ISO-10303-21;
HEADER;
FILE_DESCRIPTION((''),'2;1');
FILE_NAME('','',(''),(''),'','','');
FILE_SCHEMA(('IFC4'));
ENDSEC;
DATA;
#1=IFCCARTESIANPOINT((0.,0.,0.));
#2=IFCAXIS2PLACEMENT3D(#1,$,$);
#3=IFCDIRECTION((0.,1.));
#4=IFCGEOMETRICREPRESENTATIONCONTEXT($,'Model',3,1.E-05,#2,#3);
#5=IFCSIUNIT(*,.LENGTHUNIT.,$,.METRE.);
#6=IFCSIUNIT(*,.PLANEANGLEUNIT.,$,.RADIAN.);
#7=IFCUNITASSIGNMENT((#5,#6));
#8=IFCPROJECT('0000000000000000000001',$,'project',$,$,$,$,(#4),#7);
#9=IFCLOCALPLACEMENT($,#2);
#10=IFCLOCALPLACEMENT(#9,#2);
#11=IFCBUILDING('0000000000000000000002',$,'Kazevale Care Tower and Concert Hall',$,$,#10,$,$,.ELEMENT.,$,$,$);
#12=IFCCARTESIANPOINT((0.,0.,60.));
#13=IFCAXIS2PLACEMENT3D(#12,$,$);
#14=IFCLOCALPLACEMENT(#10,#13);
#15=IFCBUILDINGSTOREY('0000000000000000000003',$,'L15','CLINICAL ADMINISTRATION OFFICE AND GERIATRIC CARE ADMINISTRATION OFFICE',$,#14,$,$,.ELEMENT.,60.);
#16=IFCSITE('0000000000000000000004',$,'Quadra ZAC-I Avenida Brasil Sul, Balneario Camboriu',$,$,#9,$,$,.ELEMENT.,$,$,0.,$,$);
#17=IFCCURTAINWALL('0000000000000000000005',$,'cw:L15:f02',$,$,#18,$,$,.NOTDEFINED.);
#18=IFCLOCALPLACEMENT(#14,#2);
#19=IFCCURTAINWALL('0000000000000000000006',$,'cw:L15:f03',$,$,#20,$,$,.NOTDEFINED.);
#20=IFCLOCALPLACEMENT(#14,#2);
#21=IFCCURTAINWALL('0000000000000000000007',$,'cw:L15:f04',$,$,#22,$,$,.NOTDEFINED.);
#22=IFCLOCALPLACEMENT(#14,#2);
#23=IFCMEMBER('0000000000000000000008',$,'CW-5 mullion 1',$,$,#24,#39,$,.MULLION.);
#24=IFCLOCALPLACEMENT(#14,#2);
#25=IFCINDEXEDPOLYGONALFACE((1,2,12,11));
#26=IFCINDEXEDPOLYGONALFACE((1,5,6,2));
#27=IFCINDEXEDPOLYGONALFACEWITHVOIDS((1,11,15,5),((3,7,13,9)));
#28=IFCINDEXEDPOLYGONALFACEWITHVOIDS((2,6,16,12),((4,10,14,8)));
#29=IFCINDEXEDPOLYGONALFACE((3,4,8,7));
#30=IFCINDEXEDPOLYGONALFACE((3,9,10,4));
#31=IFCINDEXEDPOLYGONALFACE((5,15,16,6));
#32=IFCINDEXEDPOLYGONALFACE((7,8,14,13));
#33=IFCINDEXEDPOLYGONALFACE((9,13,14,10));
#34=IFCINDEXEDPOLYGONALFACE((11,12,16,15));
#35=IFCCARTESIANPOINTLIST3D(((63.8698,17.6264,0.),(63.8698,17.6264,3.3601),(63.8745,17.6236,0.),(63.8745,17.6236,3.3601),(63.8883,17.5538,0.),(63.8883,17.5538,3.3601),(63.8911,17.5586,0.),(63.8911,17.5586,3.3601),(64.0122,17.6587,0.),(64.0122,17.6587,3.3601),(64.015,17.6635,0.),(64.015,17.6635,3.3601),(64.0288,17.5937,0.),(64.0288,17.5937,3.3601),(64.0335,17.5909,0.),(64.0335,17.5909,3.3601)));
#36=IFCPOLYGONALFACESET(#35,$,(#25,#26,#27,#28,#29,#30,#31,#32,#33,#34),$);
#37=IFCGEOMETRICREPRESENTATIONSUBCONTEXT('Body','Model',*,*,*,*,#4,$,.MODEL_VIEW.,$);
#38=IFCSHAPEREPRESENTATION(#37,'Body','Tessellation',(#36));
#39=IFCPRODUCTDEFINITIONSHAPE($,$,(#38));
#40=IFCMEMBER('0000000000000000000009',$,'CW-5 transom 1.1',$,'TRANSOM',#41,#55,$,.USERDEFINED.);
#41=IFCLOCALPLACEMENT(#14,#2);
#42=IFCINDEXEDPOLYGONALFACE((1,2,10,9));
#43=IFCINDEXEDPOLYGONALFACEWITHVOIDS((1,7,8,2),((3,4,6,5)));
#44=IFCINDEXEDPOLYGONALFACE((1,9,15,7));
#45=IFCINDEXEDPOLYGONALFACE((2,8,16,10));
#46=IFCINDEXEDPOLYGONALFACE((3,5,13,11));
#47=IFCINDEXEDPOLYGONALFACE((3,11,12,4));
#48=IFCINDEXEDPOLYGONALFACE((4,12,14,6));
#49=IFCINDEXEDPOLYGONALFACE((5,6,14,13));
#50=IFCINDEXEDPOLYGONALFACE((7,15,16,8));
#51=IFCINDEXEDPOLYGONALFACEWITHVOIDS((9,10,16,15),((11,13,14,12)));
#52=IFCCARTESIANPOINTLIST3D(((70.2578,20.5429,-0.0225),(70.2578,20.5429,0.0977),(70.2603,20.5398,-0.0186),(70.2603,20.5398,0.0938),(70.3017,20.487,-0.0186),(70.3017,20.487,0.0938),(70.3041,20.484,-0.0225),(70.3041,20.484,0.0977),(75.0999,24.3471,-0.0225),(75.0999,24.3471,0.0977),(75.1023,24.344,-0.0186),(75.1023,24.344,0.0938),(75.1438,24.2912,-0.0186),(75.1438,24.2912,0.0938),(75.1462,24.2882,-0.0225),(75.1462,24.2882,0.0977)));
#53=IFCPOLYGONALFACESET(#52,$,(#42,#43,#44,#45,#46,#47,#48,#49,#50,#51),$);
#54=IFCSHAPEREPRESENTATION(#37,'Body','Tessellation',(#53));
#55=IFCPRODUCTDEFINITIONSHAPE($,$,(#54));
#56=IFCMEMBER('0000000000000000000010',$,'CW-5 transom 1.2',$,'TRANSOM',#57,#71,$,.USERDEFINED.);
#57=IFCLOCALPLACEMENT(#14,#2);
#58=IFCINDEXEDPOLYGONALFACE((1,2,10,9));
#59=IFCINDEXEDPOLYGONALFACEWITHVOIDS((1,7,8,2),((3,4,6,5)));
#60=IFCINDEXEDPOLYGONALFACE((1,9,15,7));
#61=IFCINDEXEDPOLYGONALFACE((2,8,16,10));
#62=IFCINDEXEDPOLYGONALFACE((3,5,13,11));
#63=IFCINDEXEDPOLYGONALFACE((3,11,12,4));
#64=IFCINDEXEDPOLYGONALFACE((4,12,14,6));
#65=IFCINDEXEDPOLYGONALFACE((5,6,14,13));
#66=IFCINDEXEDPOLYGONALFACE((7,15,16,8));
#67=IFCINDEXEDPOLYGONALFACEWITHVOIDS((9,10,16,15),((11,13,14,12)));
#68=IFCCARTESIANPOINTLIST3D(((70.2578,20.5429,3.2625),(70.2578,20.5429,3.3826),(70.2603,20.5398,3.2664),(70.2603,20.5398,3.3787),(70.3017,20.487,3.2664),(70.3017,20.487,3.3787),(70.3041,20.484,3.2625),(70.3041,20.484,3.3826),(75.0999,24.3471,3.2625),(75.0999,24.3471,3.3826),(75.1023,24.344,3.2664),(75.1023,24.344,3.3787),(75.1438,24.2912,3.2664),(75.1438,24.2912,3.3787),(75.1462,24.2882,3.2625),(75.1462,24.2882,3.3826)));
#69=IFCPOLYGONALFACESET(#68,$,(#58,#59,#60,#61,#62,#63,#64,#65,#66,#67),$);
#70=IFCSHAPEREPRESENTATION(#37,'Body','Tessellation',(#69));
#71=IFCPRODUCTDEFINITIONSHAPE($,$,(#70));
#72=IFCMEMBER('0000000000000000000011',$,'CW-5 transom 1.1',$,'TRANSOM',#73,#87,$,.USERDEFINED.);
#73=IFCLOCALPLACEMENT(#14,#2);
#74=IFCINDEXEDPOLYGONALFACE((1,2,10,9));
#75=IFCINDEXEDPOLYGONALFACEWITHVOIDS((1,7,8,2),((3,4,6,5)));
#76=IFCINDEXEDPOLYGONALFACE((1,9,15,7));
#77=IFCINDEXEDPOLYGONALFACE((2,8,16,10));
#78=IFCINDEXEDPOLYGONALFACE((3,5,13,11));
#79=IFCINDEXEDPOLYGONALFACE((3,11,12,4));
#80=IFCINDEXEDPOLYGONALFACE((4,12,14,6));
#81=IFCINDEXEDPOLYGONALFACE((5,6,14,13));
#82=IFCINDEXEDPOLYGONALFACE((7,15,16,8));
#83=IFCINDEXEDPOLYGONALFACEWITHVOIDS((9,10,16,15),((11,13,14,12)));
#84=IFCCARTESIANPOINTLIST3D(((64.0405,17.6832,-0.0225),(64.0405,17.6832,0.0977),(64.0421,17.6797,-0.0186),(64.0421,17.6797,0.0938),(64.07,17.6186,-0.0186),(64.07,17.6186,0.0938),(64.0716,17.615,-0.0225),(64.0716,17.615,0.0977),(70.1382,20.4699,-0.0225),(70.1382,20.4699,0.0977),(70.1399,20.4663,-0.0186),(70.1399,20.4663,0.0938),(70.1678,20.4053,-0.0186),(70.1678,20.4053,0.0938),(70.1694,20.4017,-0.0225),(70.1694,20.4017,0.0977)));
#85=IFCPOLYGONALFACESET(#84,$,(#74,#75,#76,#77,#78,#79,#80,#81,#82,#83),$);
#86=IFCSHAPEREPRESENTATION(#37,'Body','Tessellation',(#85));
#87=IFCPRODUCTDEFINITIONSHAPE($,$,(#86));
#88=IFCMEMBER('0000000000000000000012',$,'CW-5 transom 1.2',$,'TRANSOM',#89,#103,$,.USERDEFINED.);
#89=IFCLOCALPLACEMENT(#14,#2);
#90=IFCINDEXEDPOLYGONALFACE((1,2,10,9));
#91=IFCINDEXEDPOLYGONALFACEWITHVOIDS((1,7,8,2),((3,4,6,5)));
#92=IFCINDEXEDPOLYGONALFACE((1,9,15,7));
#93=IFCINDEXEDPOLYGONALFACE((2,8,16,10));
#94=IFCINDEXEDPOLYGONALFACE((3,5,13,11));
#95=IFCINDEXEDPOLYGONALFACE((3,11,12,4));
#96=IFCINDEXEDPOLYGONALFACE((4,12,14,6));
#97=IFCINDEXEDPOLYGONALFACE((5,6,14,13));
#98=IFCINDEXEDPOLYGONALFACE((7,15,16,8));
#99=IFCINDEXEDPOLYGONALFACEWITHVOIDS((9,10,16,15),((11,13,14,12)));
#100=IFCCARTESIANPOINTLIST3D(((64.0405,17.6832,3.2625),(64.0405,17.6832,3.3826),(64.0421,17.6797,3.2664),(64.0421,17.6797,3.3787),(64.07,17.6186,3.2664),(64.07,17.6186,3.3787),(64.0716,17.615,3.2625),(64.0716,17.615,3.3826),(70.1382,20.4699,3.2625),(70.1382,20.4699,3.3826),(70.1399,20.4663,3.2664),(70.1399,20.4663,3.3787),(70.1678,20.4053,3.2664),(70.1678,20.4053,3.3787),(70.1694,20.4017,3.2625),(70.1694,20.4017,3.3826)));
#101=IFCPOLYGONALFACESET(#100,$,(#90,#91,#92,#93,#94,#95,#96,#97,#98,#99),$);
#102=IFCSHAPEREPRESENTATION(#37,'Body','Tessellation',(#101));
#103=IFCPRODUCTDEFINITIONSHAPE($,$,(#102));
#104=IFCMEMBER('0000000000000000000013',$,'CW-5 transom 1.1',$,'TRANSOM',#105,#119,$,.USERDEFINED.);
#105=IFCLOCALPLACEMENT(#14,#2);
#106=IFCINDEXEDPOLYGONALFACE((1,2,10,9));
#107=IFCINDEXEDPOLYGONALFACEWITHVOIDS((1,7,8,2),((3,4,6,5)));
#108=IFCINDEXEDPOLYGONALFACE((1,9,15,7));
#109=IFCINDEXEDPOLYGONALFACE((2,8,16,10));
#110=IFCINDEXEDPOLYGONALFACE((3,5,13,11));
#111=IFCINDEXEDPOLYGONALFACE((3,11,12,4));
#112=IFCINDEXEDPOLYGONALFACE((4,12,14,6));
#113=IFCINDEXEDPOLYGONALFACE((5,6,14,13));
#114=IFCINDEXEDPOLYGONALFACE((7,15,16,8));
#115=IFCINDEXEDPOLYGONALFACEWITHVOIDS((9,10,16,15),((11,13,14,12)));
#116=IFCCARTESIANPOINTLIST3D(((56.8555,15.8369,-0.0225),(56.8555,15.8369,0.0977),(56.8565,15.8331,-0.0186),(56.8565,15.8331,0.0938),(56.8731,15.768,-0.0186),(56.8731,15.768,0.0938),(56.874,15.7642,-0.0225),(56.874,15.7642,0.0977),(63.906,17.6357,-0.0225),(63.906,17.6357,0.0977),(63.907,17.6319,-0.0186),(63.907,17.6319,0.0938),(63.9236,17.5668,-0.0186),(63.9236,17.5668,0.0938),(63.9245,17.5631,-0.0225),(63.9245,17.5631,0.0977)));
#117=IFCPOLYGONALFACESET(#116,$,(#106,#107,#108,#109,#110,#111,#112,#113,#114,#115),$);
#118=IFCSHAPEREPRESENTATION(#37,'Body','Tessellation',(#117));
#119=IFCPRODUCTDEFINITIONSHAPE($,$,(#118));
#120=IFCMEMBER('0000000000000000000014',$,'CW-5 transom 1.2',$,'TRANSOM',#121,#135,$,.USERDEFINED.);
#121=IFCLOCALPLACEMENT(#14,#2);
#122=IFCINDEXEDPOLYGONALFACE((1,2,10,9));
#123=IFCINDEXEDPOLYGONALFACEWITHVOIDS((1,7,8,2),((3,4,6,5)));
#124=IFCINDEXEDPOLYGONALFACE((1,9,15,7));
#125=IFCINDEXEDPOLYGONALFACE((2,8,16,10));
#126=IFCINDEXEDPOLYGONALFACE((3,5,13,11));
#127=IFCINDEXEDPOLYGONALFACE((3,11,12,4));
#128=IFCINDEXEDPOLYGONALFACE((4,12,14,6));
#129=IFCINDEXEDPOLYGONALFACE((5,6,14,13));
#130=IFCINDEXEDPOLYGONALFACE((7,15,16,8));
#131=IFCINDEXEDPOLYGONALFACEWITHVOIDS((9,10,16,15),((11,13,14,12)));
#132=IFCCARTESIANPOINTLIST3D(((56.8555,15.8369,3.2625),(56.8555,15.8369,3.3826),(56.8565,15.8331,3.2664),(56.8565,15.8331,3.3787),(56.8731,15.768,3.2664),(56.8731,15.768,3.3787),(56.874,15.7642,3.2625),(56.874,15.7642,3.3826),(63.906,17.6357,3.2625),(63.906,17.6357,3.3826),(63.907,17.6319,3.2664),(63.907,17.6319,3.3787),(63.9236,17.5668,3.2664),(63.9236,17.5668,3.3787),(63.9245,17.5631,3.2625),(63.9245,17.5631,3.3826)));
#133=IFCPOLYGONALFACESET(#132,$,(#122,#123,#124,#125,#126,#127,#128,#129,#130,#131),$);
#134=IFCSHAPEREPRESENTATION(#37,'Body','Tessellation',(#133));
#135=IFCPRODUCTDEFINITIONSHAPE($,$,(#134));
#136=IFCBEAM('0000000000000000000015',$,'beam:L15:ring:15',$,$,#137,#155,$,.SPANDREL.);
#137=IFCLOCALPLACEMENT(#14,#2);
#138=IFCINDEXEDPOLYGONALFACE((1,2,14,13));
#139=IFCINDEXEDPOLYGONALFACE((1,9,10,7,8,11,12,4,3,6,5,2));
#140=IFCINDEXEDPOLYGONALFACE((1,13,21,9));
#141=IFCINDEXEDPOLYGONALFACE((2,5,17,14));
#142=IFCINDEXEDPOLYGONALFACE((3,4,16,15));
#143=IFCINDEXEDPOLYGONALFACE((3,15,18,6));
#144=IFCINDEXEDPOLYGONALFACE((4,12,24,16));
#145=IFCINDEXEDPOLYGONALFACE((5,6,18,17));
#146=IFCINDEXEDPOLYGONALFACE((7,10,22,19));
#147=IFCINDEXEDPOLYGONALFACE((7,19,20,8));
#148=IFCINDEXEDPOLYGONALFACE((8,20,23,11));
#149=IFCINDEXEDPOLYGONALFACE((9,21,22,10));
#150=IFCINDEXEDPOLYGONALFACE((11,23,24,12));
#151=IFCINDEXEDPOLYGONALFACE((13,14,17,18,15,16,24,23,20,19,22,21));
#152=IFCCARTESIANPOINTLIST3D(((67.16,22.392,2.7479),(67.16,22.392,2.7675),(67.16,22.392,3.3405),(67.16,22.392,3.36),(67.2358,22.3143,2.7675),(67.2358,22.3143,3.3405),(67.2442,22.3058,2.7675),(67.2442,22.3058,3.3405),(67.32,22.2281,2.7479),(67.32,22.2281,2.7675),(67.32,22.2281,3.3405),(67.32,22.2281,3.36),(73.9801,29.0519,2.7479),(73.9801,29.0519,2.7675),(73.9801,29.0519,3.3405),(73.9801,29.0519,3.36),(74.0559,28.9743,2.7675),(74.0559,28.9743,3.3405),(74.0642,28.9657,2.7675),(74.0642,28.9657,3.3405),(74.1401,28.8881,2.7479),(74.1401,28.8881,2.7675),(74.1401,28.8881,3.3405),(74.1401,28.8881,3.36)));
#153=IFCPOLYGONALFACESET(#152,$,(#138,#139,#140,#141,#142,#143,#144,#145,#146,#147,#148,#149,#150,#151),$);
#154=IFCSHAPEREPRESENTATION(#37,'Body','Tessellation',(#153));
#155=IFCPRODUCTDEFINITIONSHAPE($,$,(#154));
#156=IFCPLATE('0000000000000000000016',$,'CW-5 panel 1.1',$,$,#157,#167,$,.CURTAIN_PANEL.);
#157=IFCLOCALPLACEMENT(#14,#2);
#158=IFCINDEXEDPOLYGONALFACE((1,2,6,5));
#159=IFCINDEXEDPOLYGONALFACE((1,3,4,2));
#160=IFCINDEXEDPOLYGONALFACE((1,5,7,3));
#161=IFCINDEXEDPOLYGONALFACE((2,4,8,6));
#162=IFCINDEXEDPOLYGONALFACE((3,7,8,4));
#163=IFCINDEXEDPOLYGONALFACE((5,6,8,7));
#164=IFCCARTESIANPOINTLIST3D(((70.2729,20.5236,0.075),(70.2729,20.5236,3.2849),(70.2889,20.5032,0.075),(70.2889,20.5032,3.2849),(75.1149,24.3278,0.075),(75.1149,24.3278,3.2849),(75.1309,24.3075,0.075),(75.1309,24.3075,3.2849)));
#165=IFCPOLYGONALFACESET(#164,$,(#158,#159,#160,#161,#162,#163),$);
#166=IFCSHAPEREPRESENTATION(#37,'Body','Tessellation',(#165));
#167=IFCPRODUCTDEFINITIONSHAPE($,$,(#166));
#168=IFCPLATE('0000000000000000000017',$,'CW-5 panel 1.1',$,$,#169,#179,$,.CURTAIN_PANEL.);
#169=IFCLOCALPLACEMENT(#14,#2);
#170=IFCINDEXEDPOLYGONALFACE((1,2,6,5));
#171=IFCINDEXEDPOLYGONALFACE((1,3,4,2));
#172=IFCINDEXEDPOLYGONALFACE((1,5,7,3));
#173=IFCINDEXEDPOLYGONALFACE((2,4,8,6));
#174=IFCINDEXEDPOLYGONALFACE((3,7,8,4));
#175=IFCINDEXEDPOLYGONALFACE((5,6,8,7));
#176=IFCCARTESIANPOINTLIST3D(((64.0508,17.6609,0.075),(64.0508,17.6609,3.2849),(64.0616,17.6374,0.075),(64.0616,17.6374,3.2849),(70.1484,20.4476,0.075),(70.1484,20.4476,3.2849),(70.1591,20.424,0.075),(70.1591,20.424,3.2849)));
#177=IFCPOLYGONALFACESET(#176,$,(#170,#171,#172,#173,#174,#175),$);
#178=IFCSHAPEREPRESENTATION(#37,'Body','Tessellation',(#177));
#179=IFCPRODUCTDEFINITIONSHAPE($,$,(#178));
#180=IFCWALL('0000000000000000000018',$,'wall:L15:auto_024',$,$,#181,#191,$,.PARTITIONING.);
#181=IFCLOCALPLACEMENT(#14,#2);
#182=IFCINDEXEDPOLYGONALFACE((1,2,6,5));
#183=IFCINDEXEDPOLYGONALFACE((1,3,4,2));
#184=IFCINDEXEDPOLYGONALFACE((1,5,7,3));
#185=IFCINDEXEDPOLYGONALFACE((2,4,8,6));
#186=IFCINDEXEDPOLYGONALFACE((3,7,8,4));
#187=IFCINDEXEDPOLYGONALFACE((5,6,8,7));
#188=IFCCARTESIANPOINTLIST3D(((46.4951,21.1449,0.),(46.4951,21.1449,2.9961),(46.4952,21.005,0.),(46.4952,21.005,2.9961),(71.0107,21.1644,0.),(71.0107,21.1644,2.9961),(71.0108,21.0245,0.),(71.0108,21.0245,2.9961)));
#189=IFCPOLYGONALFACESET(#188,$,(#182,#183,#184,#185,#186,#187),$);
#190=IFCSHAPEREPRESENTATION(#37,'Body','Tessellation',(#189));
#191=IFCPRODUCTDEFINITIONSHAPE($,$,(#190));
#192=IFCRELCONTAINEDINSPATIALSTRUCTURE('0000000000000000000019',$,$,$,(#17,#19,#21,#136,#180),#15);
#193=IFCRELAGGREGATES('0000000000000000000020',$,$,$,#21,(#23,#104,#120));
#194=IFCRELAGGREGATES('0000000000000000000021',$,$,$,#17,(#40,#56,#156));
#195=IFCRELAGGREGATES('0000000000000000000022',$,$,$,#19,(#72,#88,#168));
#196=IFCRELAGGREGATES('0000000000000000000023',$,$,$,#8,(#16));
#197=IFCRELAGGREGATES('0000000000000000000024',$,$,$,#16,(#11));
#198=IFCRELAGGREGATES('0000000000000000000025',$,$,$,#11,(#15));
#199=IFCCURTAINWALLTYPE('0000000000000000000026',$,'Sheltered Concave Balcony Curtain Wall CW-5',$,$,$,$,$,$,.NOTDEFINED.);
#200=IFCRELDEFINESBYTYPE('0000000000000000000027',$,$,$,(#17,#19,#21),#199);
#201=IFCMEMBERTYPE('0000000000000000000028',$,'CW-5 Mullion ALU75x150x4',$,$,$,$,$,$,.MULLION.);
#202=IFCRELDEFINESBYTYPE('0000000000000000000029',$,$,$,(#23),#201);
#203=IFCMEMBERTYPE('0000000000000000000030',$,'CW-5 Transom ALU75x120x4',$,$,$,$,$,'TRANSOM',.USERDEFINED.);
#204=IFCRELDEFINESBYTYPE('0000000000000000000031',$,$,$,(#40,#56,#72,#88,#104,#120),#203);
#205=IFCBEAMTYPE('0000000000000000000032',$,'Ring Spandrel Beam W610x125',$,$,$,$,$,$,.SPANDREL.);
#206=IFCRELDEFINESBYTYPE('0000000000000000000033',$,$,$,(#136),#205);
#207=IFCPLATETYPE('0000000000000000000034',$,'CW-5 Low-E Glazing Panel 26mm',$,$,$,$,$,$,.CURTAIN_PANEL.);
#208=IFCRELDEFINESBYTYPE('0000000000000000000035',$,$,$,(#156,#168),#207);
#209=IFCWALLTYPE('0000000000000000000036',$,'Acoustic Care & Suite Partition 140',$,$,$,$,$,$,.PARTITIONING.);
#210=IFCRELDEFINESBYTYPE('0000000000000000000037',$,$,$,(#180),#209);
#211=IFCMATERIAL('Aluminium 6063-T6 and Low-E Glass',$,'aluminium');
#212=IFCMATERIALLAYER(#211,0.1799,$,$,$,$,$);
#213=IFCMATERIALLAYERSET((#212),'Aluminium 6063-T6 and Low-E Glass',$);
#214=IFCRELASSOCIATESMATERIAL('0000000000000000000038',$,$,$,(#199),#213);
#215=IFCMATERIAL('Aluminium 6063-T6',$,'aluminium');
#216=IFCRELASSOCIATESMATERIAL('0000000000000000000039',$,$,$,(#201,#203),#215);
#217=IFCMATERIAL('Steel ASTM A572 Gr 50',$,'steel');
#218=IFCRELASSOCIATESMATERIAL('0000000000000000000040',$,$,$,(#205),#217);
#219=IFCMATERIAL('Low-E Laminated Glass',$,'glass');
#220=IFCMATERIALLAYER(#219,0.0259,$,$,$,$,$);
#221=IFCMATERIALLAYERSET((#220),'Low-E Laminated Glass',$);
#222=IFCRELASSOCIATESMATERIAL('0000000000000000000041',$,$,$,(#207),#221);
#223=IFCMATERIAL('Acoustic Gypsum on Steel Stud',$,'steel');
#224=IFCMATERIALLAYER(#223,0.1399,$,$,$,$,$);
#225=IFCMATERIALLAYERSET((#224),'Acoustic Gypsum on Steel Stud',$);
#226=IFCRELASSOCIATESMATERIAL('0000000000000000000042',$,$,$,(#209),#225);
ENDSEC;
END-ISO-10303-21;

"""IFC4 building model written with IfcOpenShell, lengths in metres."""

from ifc_helpers import new_model, si_unit, direction, frame, frame_2d, origin, origin_2d, place, context, subcontext, project, spatial, rectangle, hollow_rectangle, i_section, extrude, material, layer, layer_set, material_profile, profile_set, type_object, element, aggregate, save


model = new_model("IFC4")

# Units and contexts
model_context = context("Model", 3, precision=1e-05, world=origin(), true_north=direction((0.0, 1.0)))
body_context = subcontext(model_context, "Body", "Model", "MODEL_VIEW")
ifc_project = project(units=[si_unit("LENGTHUNIT", "METRE"), si_unit("PLANEANGLEUNIT", "RADIAN")], contexts=[model_context])

# Site, building, storey
site_placement = place(None, origin())
site = spatial("IfcSite", under=ifc_project, at=site_placement, Name="Quadra ZAC-I Avenida Brasil Sul, Balneario Camboriu", CompositionType="ELEMENT", RefElevation=0.0)
building_placement = place(site_placement, origin())
building = spatial("IfcBuilding", under=site, at=building_placement, Name="Kazevale Care Tower and Concert Hall", CompositionType="ELEMENT")
storey_placement = place(building_placement, frame((0.0, 0.0, 60.0)))
storey = spatial("IfcBuildingStorey", under=building, at=storey_placement, Name="L15", Description="CLINICAL ADMINISTRATION OFFICE AND GERIATRIC CARE ADMINISTRATION OFFICE", CompositionType="ELEMENT", Elevation=60.0)

# Shared definitions
ifc_material_1 = material(Name="Aluminium 6063-T6 and Low-E Glass", Category="aluminium")
ifc_material_2 = material(Name="Aluminium 6063-T6", Category="aluminium")

# Curtain walls
ifc_layer_1 = layer(ifc_material_1, 0.1799)
ifc_layer_set_1 = layer_set([ifc_layer_1], Name="Aluminium 6063-T6 and Low-E Glass")
curtain_wall_type_1 = type_object("IfcCurtainWallType", Name="Sheltered Concave Balcony Curtain Wall CW-5", PredefinedType="NOTDEFINED", material=ifc_layer_set_1)
curtain_wall_1_placement = place(storey_placement, origin())
curtain_wall_1 = element("IfcCurtainWall", 1, at=curtain_wall_1_placement, inside=storey, type_object=curtain_wall_type_1, Name="cw:L15:f02", PredefinedType="NOTDEFINED")
ifc_material_profile_1 = material_profile(ifc_material_2, hollow_rectangle(XDim=0.075, YDim=0.1499, WallThickness=0.0039, at=origin_2d()), Name="ALU75x150x4")
ifc_profile_set_1 = profile_set([ifc_material_profile_1], Name="Aluminium 6063-T6")
member_type_1 = type_object("IfcMemberType", Name="CW-5 Mullion ALU75x150x4", PredefinedType="MULLION", material=ifc_profile_set_1)
curtain_wall_2_placement = place(storey_placement, origin())
curtain_wall_2 = element("IfcCurtainWall", 2, at=curtain_wall_2_placement, inside=storey, type_object=curtain_wall_type_1, Name="cw:L15:f03", PredefinedType="NOTDEFINED")

# Curtain wall, member
curtain_wall_3_placement = place(storey_placement, origin())
curtain_wall_3 = element("IfcCurtainWall", 3, at=curtain_wall_3_placement, inside=storey, type_object=curtain_wall_type_1, Name="cw:L15:f04", PredefinedType="NOTDEFINED")
member_1_placement = place(storey_placement, frame((63.9517, 17.6086, 0.0), z_axis=(0.0, 0.0, 1.0), x_axis=(0.247222, -0.968959, 0.0)))
member_1 = element("IfcMember", 4, at=member_1_placement, type_object=member_type_1, Name="CW-5 mullion 1", PredefinedType="MULLION", context=body_context, shape_type="SweptSolid", body=[
    extrude(hollow_rectangle(XDim=0.075, YDim=0.1499, WallThickness=0.0039, at=origin_2d()), origin(), (0.0, 0.0, 1.0), 3.3601),
])

# Members
ifc_material_profile_2 = material_profile(ifc_material_2, hollow_rectangle(XDim=0.075, YDim=0.1201, WallThickness=0.0039, at=origin_2d()), Name="ALU75x120x4")
ifc_profile_set_2 = profile_set([ifc_material_profile_2], Name="Aluminium 6063-T6")
member_type_2 = type_object("IfcMemberType", Name="CW-5 Transom ALU75x120x4", ElementType="TRANSOM", PredefinedType="USERDEFINED", material=ifc_profile_set_2)
member_2_placement = place(storey_placement, frame((75.123, 24.3176, 0.0376), z_axis=(-0.786339, -0.617795, 0.0), x_axis=(0.617795, -0.786339, 0.0)))
member_2 = element("IfcMember", 5, at=member_2_placement, type_object=member_type_2, Name="CW-5 transom 1.1", ObjectType="TRANSOM", PredefinedType="USERDEFINED", context=body_context, shape_type="SweptSolid", body=[
    extrude(hollow_rectangle(XDim=0.075, YDim=0.1201, WallThickness=0.0039, at=origin_2d()), origin(), (0.0, 0.0, 1.0), 6.1577),
])
member_3_placement = place(storey_placement, frame((75.123, 24.3176, 3.3225), z_axis=(-0.786339, -0.617795, 0.0), x_axis=(0.617795, -0.786339, 0.0)))
member_3 = element("IfcMember", 6, at=member_3_placement, type_object=member_type_2, Name="CW-5 transom 1.2", ObjectType="TRANSOM", PredefinedType="USERDEFINED", context=body_context, shape_type="SweptSolid", body=[
    extrude(hollow_rectangle(XDim=0.075, YDim=0.1201, WallThickness=0.0039, at=origin_2d()), origin(), (0.0, 0.0, 1.0), 6.1577),
])
member_4_placement = place(storey_placement, frame((70.1538, 20.4358, 0.0376), z_axis=(-0.909524, -0.415651, 0.0), x_axis=(0.415651, -0.909524, 0.0)))
member_4 = element("IfcMember", 7, at=member_4_placement, type_object=member_type_2, Name="CW-5 transom 1.1", ObjectType="TRANSOM", PredefinedType="USERDEFINED", context=body_context, shape_type="SweptSolid", body=[
    extrude(hollow_rectangle(XDim=0.075, YDim=0.1201, WallThickness=0.0039, at=origin_2d()), origin(), (0.0, 0.0, 1.0), 6.7043),
])
member_5_placement = place(storey_placement, frame((70.1538, 20.4358, 3.3225), z_axis=(-0.909524, -0.415651, 0.0), x_axis=(0.415651, -0.909524, 0.0)))
member_5 = element("IfcMember", 8, at=member_5_placement, type_object=member_type_2, Name="CW-5 transom 1.2", ObjectType="TRANSOM", PredefinedType="USERDEFINED", context=body_context, shape_type="SweptSolid", body=[
    extrude(hollow_rectangle(XDim=0.075, YDim=0.1201, WallThickness=0.0039, at=origin_2d()), origin(), (0.0, 0.0, 1.0), 6.7043),
])
member_6_placement = place(storey_placement, frame((63.9153, 17.5994, 0.0376), z_axis=(-0.968961, -0.247214, 0.0), x_axis=(0.247214, -0.968961, 0.0)))
member_6 = element("IfcMember", 9, at=member_6_placement, type_object=member_type_2, Name="CW-5 transom 1.1", ObjectType="TRANSOM", PredefinedType="USERDEFINED", context=body_context, shape_type="SweptSolid", body=[
    extrude(hollow_rectangle(XDim=0.075, YDim=0.1201, WallThickness=0.0039, at=origin_2d()), origin(), (0.0, 0.0, 1.0), 7.2764),
])
member_7_placement = place(storey_placement, frame((63.9153, 17.5994, 3.3225), z_axis=(-0.968961, -0.247214, 0.0), x_axis=(0.247214, -0.968961, 0.0)))
member_7 = element("IfcMember", 10, at=member_7_placement, type_object=member_type_2, Name="CW-5 transom 1.2", ObjectType="TRANSOM", PredefinedType="USERDEFINED", context=body_context, shape_type="SweptSolid", body=[
    extrude(hollow_rectangle(XDim=0.075, YDim=0.1201, WallThickness=0.0039, at=origin_2d()), origin(), (0.0, 0.0, 1.0), 7.2764),
])
aggregate(curtain_wall_3, [member_1, member_6, member_7])

# Beam
ifc_material_3 = material(Name="Steel ASTM A572 Gr 50", Category="steel")
ifc_material_profile_3 = material_profile(ifc_material_3, i_section(OverallWidth=0.229, OverallDepth=0.6121, WebThickness=0.012, FlangeThickness=0.0195, at=origin_2d()), Name="W610x125")
ifc_profile_set_3 = profile_set([ifc_material_profile_3], Name="Steel ASTM A572 Gr 50")
beam_type = type_object("IfcBeamType", Name="Ring Spandrel Beam W610x125", PredefinedType="SPANDREL", material=ifc_profile_set_3)
beam_placement = place(storey_placement, frame((67.24, 22.3101, 3.054), z_axis=(0.715457, 0.698656, 0.0), x_axis=(-0.698656, 0.715457, 0.0)))
element("IfcBeam", 11, at=beam_placement, inside=storey, type_object=beam_type, Name="beam:L15:ring:15", PredefinedType="SPANDREL", context=body_context, shape_type="SweptSolid", body=[
    extrude(i_section(OverallWidth=0.229, OverallDepth=0.6121, WebThickness=0.012, FlangeThickness=0.0195, at=origin_2d()), origin(), (0.0, 0.0, 1.0), 9.5325),
])

# Plates
ifc_material_4 = material(Name="Low-E Laminated Glass", Category="glass")
ifc_layer_2 = layer(ifc_material_4, 0.0259)
ifc_layer_set_2 = layer_set([ifc_layer_2], Name="Low-E Laminated Glass")
plate_type = type_object("IfcPlateType", Name="CW-5 Low-E Glazing Panel 26mm", PredefinedType="CURTAIN_PANEL", material=ifc_layer_set_2)
plate_1_placement = place(storey_placement, frame((72.7019, 22.4155, 0.075), z_axis=(0.0, 0.0, 1.0), x_axis=(-0.786329, -0.617808, 0.0)))
plate_1 = element("IfcPlate", 12, at=plate_1_placement, type_object=plate_type, Name="CW-5 panel 1.1", PredefinedType="CURTAIN_PANEL", context=body_context, shape_type="SweptSolid", body=[
    extrude(rectangle(XDim=6.1577, YDim=0.0259, at=origin_2d()), origin(), (0.0, 0.0, 1.0), 3.21),
])
aggregate(curtain_wall_1, [member_2, member_3, plate_1])
plate_2_placement = place(storey_placement, frame((67.105, 19.0425, 0.075), z_axis=(0.0, 0.0, 1.0), x_axis=(-0.90952, -0.41566, 0.0)))
plate_2 = element("IfcPlate", 13, at=plate_2_placement, type_object=plate_type, Name="CW-5 panel 1.1", PredefinedType="CURTAIN_PANEL", context=body_context, shape_type="SweptSolid", body=[
    extrude(rectangle(XDim=6.7041, YDim=0.0259, at=origin_2d()), origin(), (0.0, 0.0, 1.0), 3.21),
])
aggregate(curtain_wall_2, [member_4, member_5, plate_2])

# Wall
ifc_material_5 = material(Name="Acoustic Gypsum on Steel Stud", Category="steel")
ifc_layer_3 = layer(ifc_material_5, 0.1399)
ifc_layer_set_3 = layer_set([ifc_layer_3], Name="Acoustic Gypsum on Steel Stud")
wall_type = type_object("IfcWallType", Name="Acoustic Care & Suite Partition 140", PredefinedType="PARTITIONING", material=ifc_layer_set_3)
wall_placement = place(storey_placement, frame((71.0107, 21.0945, 0.0), z_axis=(0.0, 0.0, 1.0), x_axis=(-1.0, -0.000797, 0.0)))
element("IfcWall", 14, at=wall_placement, inside=storey, type_object=wall_type, Name="wall:L15:auto_024", PredefinedType="PARTITIONING", context=body_context, shape_type="SweptSolid", body=[
    extrude(rectangle(XDim=24.5156, YDim=0.1399, at=frame_2d((12.2578, 0.0))), origin(), (0.0, 0.0, 1.0), 2.9961),
])

save(model, "model.ifc")
